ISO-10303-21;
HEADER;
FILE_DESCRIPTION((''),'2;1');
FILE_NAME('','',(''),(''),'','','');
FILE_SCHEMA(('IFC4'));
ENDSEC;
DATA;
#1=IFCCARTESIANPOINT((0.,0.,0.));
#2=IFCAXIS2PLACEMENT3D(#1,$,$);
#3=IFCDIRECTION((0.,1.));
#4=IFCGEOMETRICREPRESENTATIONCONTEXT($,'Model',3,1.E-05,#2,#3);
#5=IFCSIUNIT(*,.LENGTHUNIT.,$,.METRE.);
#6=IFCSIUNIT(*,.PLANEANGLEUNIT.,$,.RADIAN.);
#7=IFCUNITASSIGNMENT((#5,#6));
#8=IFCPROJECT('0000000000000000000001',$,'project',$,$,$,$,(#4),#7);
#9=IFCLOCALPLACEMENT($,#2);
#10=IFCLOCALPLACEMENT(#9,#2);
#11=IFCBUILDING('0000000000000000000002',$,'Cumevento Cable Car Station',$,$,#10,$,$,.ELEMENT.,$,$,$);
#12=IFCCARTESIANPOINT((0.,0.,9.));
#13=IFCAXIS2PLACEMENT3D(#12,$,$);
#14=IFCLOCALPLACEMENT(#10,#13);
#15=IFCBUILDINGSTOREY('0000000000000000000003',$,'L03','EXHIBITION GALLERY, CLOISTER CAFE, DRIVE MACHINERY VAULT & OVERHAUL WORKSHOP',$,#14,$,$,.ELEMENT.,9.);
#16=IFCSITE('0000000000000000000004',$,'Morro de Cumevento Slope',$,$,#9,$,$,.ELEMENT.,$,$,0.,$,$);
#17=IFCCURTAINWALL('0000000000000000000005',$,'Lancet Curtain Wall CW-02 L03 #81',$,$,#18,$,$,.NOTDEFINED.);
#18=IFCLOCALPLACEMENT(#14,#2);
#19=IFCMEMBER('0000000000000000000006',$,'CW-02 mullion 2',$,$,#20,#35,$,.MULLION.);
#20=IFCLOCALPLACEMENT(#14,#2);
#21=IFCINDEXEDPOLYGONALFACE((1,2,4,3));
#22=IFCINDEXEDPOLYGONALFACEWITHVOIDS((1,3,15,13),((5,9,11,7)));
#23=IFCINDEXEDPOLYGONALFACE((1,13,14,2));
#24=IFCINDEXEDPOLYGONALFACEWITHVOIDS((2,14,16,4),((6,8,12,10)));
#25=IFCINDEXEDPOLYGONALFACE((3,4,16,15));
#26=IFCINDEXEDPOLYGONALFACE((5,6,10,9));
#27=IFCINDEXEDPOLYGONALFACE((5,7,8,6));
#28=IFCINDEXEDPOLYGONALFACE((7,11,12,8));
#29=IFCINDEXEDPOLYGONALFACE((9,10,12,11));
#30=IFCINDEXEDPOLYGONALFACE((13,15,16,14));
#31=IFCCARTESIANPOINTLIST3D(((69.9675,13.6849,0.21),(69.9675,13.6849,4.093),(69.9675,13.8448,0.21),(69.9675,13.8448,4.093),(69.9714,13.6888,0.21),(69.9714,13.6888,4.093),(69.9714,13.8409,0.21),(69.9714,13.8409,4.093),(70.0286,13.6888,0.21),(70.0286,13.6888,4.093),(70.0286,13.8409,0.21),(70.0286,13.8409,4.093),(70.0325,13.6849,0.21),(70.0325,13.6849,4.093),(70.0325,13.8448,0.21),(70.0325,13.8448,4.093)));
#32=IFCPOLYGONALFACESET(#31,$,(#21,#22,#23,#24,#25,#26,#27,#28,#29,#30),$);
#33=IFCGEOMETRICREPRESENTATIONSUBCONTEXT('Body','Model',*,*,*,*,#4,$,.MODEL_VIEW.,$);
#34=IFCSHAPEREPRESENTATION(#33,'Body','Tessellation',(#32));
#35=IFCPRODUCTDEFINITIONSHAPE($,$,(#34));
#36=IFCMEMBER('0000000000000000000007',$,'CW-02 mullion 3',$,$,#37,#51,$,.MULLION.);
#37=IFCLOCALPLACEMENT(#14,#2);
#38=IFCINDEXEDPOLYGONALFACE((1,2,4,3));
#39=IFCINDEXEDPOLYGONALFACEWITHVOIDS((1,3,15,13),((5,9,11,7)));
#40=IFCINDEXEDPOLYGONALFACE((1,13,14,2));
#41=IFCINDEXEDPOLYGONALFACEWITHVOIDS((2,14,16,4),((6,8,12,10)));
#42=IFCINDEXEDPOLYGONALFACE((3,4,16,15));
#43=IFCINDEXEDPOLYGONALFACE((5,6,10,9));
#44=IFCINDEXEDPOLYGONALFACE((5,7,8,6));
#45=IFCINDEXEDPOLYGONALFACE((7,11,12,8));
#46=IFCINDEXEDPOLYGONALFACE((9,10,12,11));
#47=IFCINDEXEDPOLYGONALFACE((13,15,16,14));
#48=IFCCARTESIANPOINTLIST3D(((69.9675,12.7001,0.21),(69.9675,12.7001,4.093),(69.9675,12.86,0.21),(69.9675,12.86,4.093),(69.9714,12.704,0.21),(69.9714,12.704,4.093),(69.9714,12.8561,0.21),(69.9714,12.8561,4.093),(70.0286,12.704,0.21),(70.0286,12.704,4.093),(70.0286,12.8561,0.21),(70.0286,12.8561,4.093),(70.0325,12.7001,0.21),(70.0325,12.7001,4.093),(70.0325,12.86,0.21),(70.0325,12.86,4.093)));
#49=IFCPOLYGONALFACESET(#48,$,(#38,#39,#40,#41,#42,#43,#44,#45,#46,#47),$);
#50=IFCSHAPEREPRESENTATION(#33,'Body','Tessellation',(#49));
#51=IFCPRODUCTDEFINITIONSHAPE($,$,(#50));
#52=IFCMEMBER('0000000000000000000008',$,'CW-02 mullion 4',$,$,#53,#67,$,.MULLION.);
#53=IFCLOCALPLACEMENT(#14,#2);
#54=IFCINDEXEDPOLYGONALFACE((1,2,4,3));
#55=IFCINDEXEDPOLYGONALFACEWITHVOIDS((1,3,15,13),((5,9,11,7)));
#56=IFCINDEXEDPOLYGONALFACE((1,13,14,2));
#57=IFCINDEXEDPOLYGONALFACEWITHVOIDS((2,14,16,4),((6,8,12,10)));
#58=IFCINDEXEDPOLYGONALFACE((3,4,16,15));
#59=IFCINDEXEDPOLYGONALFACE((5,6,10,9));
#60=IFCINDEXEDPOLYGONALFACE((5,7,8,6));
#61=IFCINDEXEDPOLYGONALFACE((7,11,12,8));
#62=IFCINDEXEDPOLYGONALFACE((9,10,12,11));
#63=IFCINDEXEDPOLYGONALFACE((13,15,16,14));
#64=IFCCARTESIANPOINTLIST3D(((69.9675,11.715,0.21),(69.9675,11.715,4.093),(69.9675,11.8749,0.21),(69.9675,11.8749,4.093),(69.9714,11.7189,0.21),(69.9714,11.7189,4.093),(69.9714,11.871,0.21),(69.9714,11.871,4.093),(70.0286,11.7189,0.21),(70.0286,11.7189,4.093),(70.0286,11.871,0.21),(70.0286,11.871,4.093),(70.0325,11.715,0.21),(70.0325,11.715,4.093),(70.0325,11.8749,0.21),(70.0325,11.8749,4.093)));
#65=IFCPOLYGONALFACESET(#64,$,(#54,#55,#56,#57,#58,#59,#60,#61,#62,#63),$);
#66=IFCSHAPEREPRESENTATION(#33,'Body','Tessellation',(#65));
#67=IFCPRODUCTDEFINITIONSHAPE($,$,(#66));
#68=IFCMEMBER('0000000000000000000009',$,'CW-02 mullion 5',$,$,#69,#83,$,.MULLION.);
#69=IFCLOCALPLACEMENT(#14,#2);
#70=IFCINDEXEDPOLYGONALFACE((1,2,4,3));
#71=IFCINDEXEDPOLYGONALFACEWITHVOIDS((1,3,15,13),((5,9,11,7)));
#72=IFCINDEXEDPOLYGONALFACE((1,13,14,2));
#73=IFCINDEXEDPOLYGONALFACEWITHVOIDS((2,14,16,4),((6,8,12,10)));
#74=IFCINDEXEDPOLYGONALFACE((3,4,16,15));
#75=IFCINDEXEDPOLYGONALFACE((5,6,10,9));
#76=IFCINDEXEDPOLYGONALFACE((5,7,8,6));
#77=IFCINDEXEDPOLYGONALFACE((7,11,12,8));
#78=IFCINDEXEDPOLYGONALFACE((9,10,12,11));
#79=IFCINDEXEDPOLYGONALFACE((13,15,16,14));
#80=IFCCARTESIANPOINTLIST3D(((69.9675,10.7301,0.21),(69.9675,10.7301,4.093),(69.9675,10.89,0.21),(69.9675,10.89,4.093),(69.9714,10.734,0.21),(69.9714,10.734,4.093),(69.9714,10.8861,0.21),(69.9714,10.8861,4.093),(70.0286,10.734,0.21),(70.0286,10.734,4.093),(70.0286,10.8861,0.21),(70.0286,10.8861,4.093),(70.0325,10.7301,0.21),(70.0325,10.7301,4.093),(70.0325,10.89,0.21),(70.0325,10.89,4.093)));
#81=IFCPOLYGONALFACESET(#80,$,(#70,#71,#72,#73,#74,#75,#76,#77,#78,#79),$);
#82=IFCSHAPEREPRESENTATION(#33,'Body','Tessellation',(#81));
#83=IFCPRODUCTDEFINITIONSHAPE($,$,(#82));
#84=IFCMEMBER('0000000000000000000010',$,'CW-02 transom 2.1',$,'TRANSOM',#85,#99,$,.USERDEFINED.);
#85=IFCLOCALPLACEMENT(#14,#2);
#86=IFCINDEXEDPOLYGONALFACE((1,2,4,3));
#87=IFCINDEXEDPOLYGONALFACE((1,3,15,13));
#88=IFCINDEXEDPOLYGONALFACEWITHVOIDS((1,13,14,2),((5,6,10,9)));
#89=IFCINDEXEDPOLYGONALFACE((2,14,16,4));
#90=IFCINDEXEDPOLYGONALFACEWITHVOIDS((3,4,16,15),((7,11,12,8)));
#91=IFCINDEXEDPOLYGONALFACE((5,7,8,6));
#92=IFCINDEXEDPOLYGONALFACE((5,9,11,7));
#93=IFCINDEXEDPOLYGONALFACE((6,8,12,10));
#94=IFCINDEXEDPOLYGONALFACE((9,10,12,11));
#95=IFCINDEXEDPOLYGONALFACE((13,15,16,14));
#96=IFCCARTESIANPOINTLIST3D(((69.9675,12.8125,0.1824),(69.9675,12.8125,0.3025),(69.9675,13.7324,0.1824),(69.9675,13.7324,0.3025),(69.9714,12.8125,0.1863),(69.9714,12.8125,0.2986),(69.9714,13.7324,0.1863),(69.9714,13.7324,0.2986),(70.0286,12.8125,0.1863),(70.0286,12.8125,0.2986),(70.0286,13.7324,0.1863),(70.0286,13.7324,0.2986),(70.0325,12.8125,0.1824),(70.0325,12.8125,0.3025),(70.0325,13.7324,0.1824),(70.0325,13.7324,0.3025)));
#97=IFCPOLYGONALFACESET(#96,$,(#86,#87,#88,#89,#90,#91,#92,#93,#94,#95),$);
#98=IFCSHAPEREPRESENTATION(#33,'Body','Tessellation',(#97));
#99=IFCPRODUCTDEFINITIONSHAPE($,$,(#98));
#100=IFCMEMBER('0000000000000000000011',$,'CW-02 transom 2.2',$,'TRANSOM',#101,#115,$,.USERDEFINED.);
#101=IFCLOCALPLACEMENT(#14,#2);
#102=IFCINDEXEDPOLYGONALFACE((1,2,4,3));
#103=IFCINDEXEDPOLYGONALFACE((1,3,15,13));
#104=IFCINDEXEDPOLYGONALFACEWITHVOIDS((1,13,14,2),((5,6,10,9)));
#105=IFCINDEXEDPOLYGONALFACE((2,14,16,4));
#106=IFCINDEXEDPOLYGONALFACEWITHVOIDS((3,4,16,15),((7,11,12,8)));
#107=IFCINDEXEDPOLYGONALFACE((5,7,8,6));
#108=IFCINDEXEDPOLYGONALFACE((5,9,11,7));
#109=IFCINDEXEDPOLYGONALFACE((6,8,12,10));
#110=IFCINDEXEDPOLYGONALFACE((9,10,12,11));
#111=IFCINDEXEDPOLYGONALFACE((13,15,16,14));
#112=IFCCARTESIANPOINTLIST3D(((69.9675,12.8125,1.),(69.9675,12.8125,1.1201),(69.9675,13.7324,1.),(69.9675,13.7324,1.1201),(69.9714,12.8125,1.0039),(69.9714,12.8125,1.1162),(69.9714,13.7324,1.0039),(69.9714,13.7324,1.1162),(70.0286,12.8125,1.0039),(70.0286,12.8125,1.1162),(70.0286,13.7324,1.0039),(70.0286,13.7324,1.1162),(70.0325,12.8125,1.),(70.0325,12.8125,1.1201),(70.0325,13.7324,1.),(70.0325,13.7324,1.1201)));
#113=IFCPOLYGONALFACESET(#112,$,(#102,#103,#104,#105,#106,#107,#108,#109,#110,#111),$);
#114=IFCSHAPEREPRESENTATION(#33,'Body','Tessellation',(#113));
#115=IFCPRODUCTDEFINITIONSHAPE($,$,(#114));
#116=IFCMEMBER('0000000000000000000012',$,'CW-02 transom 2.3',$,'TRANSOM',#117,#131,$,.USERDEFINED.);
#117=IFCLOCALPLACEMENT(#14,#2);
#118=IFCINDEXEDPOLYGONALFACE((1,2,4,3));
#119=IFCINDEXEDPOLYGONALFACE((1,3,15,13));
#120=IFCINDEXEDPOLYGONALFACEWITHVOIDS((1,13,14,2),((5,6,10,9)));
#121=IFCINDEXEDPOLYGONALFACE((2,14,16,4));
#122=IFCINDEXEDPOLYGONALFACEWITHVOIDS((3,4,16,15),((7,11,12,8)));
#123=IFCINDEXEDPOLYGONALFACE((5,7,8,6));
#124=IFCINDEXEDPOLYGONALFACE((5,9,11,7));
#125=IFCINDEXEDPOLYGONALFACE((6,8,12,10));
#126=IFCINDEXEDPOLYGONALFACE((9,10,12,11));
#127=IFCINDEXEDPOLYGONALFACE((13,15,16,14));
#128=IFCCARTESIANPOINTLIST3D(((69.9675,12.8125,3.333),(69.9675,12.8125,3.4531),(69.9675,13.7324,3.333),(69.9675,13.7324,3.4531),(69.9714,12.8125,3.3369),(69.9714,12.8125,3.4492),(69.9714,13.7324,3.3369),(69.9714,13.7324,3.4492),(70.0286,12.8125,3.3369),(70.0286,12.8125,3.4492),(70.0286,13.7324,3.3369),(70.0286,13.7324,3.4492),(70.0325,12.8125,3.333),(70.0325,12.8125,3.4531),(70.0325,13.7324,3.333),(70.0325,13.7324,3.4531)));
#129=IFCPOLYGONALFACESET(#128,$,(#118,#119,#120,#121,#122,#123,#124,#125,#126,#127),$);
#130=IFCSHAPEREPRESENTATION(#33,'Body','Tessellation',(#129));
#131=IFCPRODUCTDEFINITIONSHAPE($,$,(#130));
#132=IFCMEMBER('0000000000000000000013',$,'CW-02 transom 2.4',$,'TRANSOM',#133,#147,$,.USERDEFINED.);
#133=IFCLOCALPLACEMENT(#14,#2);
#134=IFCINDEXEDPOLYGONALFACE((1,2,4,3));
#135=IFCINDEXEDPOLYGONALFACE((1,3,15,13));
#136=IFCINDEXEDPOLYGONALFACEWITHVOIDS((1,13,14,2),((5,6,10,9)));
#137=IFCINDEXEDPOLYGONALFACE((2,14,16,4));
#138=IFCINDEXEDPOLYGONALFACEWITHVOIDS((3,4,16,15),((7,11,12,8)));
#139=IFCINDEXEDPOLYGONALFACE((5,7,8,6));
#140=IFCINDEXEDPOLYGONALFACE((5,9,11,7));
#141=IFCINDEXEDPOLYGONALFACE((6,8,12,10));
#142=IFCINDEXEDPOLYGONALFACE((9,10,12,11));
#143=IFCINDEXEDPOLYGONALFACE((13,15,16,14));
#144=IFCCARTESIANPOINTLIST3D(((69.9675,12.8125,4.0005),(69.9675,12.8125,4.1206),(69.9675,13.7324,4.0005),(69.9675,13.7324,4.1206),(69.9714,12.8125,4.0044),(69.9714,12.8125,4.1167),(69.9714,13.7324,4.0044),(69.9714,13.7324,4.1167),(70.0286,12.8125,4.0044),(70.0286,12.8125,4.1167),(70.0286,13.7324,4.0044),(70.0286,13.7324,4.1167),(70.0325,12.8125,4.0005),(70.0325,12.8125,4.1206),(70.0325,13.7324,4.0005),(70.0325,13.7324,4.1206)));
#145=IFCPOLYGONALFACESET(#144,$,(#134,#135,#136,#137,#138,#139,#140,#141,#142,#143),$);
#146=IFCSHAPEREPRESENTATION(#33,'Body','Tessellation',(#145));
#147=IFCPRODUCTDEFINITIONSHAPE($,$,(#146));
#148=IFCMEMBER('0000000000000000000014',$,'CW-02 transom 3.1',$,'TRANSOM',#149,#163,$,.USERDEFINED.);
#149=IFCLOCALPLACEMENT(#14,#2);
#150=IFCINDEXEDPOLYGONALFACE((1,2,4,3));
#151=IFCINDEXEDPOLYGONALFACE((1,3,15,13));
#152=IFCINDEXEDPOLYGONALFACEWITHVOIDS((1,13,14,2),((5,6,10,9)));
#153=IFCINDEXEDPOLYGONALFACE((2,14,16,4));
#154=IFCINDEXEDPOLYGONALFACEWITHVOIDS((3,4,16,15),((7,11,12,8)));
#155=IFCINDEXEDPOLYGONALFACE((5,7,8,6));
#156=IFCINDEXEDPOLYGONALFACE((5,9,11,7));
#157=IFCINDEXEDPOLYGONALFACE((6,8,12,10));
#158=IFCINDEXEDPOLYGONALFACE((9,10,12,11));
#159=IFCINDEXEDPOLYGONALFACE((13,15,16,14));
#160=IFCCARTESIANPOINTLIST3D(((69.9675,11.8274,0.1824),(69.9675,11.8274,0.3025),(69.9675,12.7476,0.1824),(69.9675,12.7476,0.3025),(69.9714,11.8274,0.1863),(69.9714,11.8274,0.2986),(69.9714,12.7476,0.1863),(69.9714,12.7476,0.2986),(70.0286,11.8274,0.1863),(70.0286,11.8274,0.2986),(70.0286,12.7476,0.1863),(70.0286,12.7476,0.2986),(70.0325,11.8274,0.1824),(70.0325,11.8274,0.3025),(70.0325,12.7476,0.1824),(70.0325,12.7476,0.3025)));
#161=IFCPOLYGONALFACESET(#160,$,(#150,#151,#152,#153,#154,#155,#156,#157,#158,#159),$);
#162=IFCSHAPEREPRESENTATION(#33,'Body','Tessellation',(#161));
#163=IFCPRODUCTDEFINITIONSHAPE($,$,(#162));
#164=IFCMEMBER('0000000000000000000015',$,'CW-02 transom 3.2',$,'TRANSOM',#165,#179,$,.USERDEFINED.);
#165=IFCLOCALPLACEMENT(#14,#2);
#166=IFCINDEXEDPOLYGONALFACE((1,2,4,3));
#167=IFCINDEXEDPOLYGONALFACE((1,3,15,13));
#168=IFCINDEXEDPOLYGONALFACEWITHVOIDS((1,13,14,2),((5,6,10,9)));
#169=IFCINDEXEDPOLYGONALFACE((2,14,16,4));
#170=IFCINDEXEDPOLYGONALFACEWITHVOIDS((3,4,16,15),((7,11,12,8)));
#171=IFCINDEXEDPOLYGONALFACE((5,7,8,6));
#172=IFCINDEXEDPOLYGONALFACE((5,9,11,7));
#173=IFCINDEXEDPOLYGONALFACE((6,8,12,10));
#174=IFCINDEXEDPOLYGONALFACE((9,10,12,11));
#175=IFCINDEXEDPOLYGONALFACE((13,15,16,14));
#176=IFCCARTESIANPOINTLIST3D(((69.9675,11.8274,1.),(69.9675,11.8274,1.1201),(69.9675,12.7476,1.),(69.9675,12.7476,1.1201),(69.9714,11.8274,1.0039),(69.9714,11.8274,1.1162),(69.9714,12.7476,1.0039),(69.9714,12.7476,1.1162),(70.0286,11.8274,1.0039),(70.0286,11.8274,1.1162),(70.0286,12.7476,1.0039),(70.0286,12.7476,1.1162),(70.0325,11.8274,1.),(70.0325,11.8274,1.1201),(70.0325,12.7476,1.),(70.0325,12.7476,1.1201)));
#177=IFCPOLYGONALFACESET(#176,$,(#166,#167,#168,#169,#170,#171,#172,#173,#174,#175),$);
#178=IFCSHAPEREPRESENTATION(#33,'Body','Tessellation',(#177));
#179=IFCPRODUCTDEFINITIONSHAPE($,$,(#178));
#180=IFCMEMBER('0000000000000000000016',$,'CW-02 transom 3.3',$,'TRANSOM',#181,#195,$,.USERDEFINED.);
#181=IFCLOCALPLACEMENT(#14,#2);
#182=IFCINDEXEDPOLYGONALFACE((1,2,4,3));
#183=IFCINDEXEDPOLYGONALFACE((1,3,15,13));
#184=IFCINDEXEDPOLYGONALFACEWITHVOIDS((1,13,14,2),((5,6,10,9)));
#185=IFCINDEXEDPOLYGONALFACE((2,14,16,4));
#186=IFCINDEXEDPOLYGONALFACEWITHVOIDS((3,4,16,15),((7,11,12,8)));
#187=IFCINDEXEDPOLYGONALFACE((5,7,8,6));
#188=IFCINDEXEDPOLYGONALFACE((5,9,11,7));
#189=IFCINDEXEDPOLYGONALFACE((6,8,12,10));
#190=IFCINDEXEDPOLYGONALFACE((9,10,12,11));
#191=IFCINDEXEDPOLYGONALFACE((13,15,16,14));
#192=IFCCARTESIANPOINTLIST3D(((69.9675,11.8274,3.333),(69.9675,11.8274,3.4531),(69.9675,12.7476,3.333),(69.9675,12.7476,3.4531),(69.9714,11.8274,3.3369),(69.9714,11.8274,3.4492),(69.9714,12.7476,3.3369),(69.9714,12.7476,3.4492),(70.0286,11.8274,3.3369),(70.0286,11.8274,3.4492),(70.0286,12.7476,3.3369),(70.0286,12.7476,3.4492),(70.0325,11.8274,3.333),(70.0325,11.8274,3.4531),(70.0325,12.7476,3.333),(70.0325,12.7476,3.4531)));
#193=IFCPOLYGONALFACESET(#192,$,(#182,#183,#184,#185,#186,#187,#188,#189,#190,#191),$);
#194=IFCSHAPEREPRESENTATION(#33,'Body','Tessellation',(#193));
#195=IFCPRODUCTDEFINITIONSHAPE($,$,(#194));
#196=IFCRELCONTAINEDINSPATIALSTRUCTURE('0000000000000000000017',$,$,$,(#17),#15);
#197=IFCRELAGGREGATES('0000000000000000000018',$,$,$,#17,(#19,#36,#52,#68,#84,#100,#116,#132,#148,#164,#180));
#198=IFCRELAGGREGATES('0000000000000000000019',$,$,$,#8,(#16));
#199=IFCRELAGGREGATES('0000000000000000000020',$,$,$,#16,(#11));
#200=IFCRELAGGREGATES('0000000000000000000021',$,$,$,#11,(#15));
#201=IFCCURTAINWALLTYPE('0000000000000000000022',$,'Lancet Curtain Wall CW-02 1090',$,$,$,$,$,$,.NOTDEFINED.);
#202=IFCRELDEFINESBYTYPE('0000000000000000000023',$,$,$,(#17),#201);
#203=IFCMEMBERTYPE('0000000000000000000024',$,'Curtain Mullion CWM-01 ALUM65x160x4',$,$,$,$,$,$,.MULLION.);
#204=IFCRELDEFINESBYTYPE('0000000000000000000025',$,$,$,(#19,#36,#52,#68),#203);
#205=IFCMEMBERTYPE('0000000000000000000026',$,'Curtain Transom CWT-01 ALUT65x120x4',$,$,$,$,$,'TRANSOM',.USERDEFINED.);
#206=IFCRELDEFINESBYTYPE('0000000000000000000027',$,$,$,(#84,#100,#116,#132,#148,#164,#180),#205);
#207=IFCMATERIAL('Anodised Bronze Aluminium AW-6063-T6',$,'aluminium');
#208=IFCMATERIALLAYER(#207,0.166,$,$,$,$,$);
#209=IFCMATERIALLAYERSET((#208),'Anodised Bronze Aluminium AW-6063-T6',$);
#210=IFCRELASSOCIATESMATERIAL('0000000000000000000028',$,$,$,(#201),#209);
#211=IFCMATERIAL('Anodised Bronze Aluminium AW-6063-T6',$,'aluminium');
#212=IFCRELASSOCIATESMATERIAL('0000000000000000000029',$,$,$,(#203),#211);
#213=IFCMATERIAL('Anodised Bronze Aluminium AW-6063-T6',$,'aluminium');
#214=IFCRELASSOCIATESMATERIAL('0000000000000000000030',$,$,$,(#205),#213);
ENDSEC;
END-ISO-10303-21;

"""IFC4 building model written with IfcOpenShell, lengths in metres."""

from ifc_helpers import new_model, si_unit, direction, frame, origin, origin_2d, place, context, subcontext, project, spatial, hollow_rectangle, extrude, material, layer, layer_set, material_profile, profile_set, type_object, element, aggregate, save


model = new_model("IFC4")

# Units and contexts
model_context = context("Model", 3, precision=1e-05, world=origin(), true_north=direction((0.0, 1.0)))
body_context = subcontext(model_context, "Body", "Model", "MODEL_VIEW")
ifc_project = project(units=[si_unit("LENGTHUNIT", "METRE"), si_unit("PLANEANGLEUNIT", "RADIAN")], contexts=[model_context])

# Site, building, storey
site_placement = place(None, origin())
site = spatial("IfcSite", under=ifc_project, at=site_placement, Name="Morro de Cumevento Slope", CompositionType="ELEMENT", RefElevation=0.0)
building_placement = place(site_placement, origin())
building = spatial("IfcBuilding", under=site, at=building_placement, Name="Cumevento Cable Car Station", CompositionType="ELEMENT")
storey_placement = place(building_placement, frame((0.0, 0.0, 9.0)))
storey = spatial("IfcBuildingStorey", under=building, at=storey_placement, Name="L03", Description="EXHIBITION GALLERY, CLOISTER CAFE, DRIVE MACHINERY VAULT & OVERHAUL WORKSHOP", CompositionType="ELEMENT", Elevation=9.0)

# Curtain wall, members
ifc_material_1 = material(Name="Anodised Bronze Aluminium AW-6063-T6", Category="aluminium")
ifc_layer_1 = layer(ifc_material_1, 0.166)
ifc_layer_set_1 = layer_set([ifc_layer_1], Name="Anodised Bronze Aluminium AW-6063-T6")
curtain_wall_type = type_object("IfcCurtainWallType", Name="Lancet Curtain Wall CW-02 1090", PredefinedType="NOTDEFINED", material=ifc_layer_set_1)
curtain_wall_placement = place(storey_placement, origin())
curtain_wall = element("IfcCurtainWall", 1, at=curtain_wall_placement, inside=storey, type_object=curtain_wall_type, Name="Lancet Curtain Wall CW-02 L03 #81", PredefinedType="NOTDEFINED")
ifc_material_2 = material(Name="Anodised Bronze Aluminium AW-6063-T6", Category="aluminium")
ifc_material_profile_1 = material_profile(ifc_material_2, hollow_rectangle(XDim=0.0649, YDim=0.1599, WallThickness=0.0039, at=origin_2d()), Name="ALUM65x160x4")
ifc_profile_set_1 = profile_set([ifc_material_profile_1], Name="Anodised Bronze Aluminium AW-6063-T6")
member_type_1 = type_object("IfcMemberType", Name="Curtain Mullion CWM-01 ALUM65x160x4", PredefinedType="MULLION", material=ifc_profile_set_1)
member_1_placement = place(storey_placement, frame((70.0, 13.7649, 0.21), z_axis=(0.0, 0.0, 1.0), x_axis=(1.0, 0.0, 0.0)))
member_1 = element("IfcMember", 2, at=member_1_placement, type_object=member_type_1, Name="CW-02 mullion 2", PredefinedType="MULLION", context=body_context, shape_type="SweptSolid", body=[
    extrude(hollow_rectangle(XDim=0.0649, YDim=0.1599, WallThickness=0.0039, at=origin_2d()), origin(), (0.0, 0.0, 1.0), 3.8831),
])
member_2_placement = place(storey_placement, frame((70.0, 12.78, 0.21), z_axis=(0.0, 0.0, 1.0), x_axis=(1.0, 0.0, 0.0)))
member_2 = element("IfcMember", 3, at=member_2_placement, type_object=member_type_1, Name="CW-02 mullion 3", PredefinedType="MULLION", context=body_context, shape_type="SweptSolid", body=[
    extrude(hollow_rectangle(XDim=0.0649, YDim=0.1599, WallThickness=0.0039, at=origin_2d()), origin(), (0.0, 0.0, 1.0), 3.8831),
])
member_3_placement = place(storey_placement, frame((70.0, 11.7949, 0.21), z_axis=(0.0, 0.0, 1.0), x_axis=(1.0, 0.0, 0.0)))
member_3 = element("IfcMember", 4, at=member_3_placement, type_object=member_type_1, Name="CW-02 mullion 4", PredefinedType="MULLION", context=body_context, shape_type="SweptSolid", body=[
    extrude(hollow_rectangle(XDim=0.0649, YDim=0.1599, WallThickness=0.0039, at=origin_2d()), origin(), (0.0, 0.0, 1.0), 3.8831),
])
member_4_placement = place(storey_placement, frame((70.0, 10.8101, 0.21), z_axis=(0.0, 0.0, 1.0), x_axis=(1.0, 0.0, 0.0)))
member_4 = element("IfcMember", 5, at=member_4_placement, type_object=member_type_1, Name="CW-02 mullion 5", PredefinedType="MULLION", context=body_context, shape_type="SweptSolid", body=[
    extrude(hollow_rectangle(XDim=0.0649, YDim=0.1599, WallThickness=0.0039, at=origin_2d()), origin(), (0.0, 0.0, 1.0), 3.8831),
])
ifc_material_3 = material(Name="Anodised Bronze Aluminium AW-6063-T6", Category="aluminium")
ifc_material_profile_2 = material_profile(ifc_material_3, hollow_rectangle(XDim=0.0649, YDim=0.1201, WallThickness=0.0039, at=origin_2d()), Name="ALUT65x120x4")
ifc_profile_set_2 = profile_set([ifc_material_profile_2], Name="Anodised Bronze Aluminium AW-6063-T6")
member_type_2 = type_object("IfcMemberType", Name="Curtain Transom CWT-01 ALUT65x120x4", ElementType="TRANSOM", PredefinedType="USERDEFINED", material=ifc_profile_set_2)
member_5_placement = place(storey_placement, frame((70.0, 13.7324, 0.2424), z_axis=(0.0, -1.0, 0.0), x_axis=(1.0, 0.0, 0.0)))
member_5 = element("IfcMember", 6, at=member_5_placement, type_object=member_type_2, Name="CW-02 transom 2.1", ObjectType="TRANSOM", PredefinedType="USERDEFINED", context=body_context, shape_type="SweptSolid", body=[
    extrude(hollow_rectangle(XDim=0.0649, YDim=0.1201, WallThickness=0.0039, at=origin_2d()), origin(), (0.0, 0.0, 1.0), 0.9199),
])
member_6_placement = place(storey_placement, frame((70.0, 13.7324, 1.0601), z_axis=(0.0, -1.0, 0.0), x_axis=(1.0, 0.0, 0.0)))
member_6 = element("IfcMember", 7, at=member_6_placement, type_object=member_type_2, Name="CW-02 transom 2.2", ObjectType="TRANSOM", PredefinedType="USERDEFINED", context=body_context, shape_type="SweptSolid", body=[
    extrude(hollow_rectangle(XDim=0.0649, YDim=0.1201, WallThickness=0.0039, at=origin_2d()), origin(), (0.0, 0.0, 1.0), 0.9199),
])
member_7_placement = place(storey_placement, frame((70.0, 13.7324, 3.3931), z_axis=(0.0, -1.0, 0.0), x_axis=(1.0, 0.0, 0.0)))
member_7 = element("IfcMember", 8, at=member_7_placement, type_object=member_type_2, Name="CW-02 transom 2.3", ObjectType="TRANSOM", PredefinedType="USERDEFINED", context=body_context, shape_type="SweptSolid", body=[
    extrude(hollow_rectangle(XDim=0.0649, YDim=0.1201, WallThickness=0.0039, at=origin_2d()), origin(), (0.0, 0.0, 1.0), 0.9199),
])
member_8_placement = place(storey_placement, frame((70.0, 13.7324, 4.0605), z_axis=(0.0, -1.0, 0.0), x_axis=(1.0, 0.0, 0.0)))
member_8 = element("IfcMember", 9, at=member_8_placement, type_object=member_type_2, Name="CW-02 transom 2.4", ObjectType="TRANSOM", PredefinedType="USERDEFINED", context=body_context, shape_type="SweptSolid", body=[
    extrude(hollow_rectangle(XDim=0.0649, YDim=0.1201, WallThickness=0.0039, at=origin_2d()), origin(), (0.0, 0.0, 1.0), 0.9199),
])
member_9_placement = place(storey_placement, frame((70.0, 12.7476, 0.2424), z_axis=(0.0, -1.0, 0.0), x_axis=(1.0, 0.0, 0.0)))
member_9 = element("IfcMember", 10, at=member_9_placement, type_object=member_type_2, Name="CW-02 transom 3.1", ObjectType="TRANSOM", PredefinedType="USERDEFINED", context=body_context, shape_type="SweptSolid", body=[
    extrude(hollow_rectangle(XDim=0.0649, YDim=0.1201, WallThickness=0.0039, at=origin_2d()), origin(), (0.0, 0.0, 1.0), 0.9202),
])
member_10_placement = place(storey_placement, frame((70.0, 12.7476, 1.0601), z_axis=(0.0, -1.0, 0.0), x_axis=(1.0, 0.0, 0.0)))
member_10 = element("IfcMember", 11, at=member_10_placement, type_object=member_type_2, Name="CW-02 transom 3.2", ObjectType="TRANSOM", PredefinedType="USERDEFINED", context=body_context, shape_type="SweptSolid", body=[
    extrude(hollow_rectangle(XDim=0.0649, YDim=0.1201, WallThickness=0.0039, at=origin_2d()), origin(), (0.0, 0.0, 1.0), 0.9202),
])
member_11_placement = place(storey_placement, frame((70.0, 12.7476, 3.3931), z_axis=(0.0, -1.0, 0.0), x_axis=(1.0, 0.0, 0.0)))
member_11 = element("IfcMember", 12, at=member_11_placement, type_object=member_type_2, Name="CW-02 transom 3.3", ObjectType="TRANSOM", PredefinedType="USERDEFINED", context=body_context, shape_type="SweptSolid", body=[
    extrude(hollow_rectangle(XDim=0.0649, YDim=0.1201, WallThickness=0.0039, at=origin_2d()), origin(), (0.0, 0.0, 1.0), 0.9202),
])
aggregate(curtain_wall, [member_1, member_2, member_3, member_4, member_5, member_6, member_7, member_8, member_9, member_10, member_11])

save(model, "model.ifc")
